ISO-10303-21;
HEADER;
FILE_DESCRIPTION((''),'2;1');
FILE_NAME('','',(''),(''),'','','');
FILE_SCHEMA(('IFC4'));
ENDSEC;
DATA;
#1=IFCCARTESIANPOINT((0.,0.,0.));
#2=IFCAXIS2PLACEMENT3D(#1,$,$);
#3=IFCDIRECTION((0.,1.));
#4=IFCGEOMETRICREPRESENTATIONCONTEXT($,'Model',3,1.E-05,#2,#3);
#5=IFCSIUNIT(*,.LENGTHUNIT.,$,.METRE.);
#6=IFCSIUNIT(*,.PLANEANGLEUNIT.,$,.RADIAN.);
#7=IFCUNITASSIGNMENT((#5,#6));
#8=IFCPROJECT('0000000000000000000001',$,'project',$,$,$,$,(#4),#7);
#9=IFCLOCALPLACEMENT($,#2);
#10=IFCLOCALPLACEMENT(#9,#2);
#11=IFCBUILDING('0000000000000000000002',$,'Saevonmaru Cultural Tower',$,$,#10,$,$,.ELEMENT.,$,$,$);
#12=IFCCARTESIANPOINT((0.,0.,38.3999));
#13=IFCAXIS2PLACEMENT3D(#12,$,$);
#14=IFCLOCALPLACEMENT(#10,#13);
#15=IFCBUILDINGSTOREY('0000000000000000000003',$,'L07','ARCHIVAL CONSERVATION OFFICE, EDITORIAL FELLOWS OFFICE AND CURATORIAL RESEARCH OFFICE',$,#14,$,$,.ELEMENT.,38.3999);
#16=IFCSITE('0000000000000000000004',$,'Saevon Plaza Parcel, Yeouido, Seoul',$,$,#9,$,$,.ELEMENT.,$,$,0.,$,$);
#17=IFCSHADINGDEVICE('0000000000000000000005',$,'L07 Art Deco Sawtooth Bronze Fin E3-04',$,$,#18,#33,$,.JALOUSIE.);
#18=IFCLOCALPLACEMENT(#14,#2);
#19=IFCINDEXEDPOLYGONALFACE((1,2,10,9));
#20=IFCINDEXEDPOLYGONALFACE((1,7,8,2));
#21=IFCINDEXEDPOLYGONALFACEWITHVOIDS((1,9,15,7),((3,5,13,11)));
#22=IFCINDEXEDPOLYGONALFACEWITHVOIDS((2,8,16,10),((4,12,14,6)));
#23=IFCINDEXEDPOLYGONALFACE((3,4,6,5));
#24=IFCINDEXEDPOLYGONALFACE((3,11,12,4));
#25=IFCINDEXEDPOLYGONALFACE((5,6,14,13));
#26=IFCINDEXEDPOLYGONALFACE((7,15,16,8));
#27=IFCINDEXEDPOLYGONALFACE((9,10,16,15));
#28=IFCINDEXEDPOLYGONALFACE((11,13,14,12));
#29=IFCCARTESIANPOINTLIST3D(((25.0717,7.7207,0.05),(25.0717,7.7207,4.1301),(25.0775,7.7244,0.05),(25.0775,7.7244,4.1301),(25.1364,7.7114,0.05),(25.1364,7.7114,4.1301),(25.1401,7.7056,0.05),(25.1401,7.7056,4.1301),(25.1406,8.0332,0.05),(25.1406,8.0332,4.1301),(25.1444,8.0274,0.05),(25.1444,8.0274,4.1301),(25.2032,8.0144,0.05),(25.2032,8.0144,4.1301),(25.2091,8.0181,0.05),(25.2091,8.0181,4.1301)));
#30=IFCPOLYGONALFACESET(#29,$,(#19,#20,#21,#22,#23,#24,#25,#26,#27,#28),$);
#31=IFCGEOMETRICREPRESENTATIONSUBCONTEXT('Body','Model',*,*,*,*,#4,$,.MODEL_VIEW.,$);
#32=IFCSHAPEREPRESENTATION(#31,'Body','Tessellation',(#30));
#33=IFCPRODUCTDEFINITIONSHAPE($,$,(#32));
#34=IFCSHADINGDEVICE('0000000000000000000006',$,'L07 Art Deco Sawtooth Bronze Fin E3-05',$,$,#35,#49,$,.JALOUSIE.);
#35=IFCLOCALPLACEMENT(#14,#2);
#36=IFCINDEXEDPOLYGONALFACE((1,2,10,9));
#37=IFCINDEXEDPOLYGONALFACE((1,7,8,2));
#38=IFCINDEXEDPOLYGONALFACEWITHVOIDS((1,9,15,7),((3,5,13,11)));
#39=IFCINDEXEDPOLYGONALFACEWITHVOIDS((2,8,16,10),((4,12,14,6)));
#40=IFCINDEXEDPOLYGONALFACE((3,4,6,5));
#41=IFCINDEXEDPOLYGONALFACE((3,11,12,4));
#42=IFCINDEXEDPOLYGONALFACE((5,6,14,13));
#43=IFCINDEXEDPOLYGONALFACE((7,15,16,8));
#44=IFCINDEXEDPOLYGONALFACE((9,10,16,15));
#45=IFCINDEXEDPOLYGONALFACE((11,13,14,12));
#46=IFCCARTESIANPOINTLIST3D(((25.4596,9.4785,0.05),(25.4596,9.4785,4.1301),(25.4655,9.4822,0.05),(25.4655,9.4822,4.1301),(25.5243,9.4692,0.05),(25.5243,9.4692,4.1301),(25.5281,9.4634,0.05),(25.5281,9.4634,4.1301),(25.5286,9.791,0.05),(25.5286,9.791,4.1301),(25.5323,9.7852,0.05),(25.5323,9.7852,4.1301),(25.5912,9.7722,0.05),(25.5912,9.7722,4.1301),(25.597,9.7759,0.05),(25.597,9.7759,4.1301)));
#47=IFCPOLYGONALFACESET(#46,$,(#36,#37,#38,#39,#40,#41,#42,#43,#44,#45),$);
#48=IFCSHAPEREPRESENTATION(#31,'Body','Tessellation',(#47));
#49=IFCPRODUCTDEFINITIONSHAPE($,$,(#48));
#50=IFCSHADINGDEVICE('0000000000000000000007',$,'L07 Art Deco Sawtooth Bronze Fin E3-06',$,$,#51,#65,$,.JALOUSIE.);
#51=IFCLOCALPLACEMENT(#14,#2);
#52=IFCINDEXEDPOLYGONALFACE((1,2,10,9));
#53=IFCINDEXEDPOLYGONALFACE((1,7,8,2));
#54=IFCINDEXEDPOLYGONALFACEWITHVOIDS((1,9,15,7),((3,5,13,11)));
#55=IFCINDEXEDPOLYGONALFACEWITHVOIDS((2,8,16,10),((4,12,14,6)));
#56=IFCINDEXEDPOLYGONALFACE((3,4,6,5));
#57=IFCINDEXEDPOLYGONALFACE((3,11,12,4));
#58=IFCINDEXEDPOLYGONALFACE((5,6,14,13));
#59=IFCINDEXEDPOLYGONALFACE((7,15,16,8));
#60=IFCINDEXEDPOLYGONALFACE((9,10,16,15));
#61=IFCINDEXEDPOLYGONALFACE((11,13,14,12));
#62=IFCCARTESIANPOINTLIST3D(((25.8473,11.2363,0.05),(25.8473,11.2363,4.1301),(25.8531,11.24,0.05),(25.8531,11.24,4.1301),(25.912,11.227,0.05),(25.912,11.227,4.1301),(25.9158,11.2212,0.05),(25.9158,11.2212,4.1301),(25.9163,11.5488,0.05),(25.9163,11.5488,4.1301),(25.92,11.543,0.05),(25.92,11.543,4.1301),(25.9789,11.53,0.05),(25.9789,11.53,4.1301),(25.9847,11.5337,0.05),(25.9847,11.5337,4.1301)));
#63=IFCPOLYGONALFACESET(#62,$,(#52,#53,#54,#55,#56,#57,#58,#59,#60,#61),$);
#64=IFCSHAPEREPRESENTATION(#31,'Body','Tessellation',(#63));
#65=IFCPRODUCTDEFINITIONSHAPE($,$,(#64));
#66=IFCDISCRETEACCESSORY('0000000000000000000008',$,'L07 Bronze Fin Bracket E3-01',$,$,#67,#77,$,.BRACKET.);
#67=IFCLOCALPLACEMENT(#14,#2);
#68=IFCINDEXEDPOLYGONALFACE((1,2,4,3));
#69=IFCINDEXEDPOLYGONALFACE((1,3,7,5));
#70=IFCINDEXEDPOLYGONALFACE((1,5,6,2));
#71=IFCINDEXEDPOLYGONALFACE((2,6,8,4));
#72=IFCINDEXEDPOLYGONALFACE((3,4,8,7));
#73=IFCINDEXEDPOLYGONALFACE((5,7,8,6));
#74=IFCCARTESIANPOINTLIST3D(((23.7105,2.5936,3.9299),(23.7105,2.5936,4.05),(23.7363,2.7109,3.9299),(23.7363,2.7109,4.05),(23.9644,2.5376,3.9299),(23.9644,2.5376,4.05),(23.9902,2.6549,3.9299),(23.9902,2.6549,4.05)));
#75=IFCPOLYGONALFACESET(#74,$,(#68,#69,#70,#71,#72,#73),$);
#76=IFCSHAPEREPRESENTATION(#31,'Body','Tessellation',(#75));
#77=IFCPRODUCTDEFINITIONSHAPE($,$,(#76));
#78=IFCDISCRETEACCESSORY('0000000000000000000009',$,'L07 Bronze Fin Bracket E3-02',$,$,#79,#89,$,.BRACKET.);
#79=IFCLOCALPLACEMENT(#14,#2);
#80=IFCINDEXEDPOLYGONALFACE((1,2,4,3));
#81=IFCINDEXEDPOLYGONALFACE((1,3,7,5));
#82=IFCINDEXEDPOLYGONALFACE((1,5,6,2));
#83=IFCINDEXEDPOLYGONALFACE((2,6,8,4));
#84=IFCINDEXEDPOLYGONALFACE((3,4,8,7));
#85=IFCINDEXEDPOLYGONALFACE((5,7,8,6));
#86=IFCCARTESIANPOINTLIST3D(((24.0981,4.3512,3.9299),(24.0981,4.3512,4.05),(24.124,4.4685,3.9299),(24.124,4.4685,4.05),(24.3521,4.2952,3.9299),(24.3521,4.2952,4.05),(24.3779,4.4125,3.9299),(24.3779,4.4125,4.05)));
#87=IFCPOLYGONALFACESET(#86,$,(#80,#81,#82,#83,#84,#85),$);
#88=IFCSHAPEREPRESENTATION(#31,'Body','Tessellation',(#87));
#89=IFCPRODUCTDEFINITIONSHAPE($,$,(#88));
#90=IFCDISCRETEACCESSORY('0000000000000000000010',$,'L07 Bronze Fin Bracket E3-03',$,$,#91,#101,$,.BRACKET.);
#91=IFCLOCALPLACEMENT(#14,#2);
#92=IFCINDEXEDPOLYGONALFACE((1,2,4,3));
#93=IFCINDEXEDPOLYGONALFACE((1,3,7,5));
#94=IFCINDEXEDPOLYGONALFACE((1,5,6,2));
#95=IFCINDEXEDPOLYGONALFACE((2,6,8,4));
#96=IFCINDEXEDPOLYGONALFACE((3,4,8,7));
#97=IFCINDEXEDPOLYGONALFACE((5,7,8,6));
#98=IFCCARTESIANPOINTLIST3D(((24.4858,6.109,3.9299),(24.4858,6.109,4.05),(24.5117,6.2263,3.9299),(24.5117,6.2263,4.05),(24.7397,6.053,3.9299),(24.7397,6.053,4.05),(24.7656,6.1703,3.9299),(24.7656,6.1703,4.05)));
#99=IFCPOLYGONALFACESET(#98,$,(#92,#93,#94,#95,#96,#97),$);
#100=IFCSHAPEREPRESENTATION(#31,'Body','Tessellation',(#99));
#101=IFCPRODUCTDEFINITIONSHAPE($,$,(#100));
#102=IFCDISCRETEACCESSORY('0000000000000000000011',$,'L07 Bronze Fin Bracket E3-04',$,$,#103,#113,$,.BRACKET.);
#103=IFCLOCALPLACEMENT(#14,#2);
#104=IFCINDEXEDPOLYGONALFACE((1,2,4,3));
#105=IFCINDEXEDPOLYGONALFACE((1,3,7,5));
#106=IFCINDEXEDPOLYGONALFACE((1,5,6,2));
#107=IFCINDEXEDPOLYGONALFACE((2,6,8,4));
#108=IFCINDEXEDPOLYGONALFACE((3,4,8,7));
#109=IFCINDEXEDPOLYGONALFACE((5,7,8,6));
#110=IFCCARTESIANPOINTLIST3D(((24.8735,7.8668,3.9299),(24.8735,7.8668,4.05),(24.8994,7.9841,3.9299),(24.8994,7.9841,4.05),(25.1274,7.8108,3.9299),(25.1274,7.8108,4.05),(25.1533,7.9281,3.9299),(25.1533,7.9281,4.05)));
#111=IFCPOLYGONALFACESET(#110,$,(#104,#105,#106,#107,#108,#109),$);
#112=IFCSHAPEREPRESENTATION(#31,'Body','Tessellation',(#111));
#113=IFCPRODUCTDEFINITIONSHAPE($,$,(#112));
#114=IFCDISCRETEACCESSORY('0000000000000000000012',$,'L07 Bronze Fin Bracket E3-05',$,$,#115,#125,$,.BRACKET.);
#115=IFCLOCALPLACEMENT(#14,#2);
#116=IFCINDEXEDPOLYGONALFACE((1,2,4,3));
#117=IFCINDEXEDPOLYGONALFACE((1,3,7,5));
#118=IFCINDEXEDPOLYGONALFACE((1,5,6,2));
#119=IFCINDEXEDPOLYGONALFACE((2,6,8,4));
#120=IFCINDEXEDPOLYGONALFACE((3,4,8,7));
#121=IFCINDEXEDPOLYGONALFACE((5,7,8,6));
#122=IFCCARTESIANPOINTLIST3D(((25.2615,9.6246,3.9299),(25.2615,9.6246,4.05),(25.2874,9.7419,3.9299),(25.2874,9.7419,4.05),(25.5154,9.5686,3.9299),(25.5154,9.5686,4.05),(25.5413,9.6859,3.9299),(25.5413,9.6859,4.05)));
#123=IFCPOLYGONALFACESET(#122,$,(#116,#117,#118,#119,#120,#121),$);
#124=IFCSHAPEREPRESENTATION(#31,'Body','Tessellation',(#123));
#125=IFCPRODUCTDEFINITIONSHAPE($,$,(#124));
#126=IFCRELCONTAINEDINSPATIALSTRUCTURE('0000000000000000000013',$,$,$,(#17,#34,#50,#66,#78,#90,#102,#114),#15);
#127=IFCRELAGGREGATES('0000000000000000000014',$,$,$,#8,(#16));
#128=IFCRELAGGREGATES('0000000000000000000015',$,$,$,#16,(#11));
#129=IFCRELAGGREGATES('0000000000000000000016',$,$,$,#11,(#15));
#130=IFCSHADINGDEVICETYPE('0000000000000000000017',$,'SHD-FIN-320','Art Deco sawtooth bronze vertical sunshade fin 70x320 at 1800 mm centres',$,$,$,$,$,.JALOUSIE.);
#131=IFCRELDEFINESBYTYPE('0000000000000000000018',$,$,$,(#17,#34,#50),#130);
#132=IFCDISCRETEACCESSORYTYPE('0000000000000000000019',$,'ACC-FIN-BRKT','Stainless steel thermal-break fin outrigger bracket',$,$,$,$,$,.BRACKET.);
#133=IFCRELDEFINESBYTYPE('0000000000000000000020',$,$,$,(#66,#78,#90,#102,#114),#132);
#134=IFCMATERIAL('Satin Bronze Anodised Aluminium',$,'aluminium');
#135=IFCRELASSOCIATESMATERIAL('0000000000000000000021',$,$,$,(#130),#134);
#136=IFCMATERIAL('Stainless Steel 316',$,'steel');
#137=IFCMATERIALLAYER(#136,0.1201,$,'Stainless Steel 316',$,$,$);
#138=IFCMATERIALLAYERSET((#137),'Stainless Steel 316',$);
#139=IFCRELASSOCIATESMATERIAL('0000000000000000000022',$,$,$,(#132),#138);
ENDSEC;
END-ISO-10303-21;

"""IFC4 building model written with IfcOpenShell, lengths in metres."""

from ifc_helpers import new_model, si_unit, direction, frame, origin, origin_2d, place, context, subcontext, project, spatial, rectangle, hollow_rectangle, extrude, material, layer, layer_set, material_profile, profile_set, type_object, element, save


model = new_model("IFC4")

# Units and contexts
model_context = context("Model", 3, precision=1e-05, world=origin(), true_north=direction((0.0, 1.0)))
body_context = subcontext(model_context, "Body", "Model", "MODEL_VIEW")
ifc_project = project(units=[si_unit("LENGTHUNIT", "METRE"), si_unit("PLANEANGLEUNIT", "RADIAN")], contexts=[model_context])

# Site, building, storey
site_placement = place(None, origin())
site = spatial("IfcSite", under=ifc_project, at=site_placement, Name="Saevon Plaza Parcel, Yeouido, Seoul", CompositionType="ELEMENT", RefElevation=0.0)
building_placement = place(site_placement, origin())
building = spatial("IfcBuilding", under=site, at=building_placement, Name="Saevonmaru Cultural Tower", CompositionType="ELEMENT")
storey_placement = place(building_placement, frame((0.0, 0.0, 38.3999)))
storey = spatial("IfcBuildingStorey", under=building, at=storey_placement, Name="L07", Description="ARCHIVAL CONSERVATION OFFICE, EDITORIAL FELLOWS OFFICE AND CURATORIAL RESEARCH OFFICE", CompositionType="ELEMENT", Elevation=38.3999)

# Shared definitions
ifc_material_1 = material(Name="Satin Bronze Anodised Aluminium", Category="aluminium")

# Shading devices
ifc_material_profile_1 = material_profile(ifc_material_1, hollow_rectangle(XDim=0.0701, YDim=0.3201, WallThickness=0.0049, at=origin_2d()), Name="FIN-320x70")
ifc_profile_set_1 = profile_set([ifc_material_profile_1], Name="Satin Bronze Anodised Aluminium")
shading_device_type = type_object("IfcShadingDeviceType", Name="SHD-FIN-320", Description="Art Deco sawtooth bronze vertical sunshade fin 70x320 at 1800 mm centres", PredefinedType="JALOUSIE", material=ifc_profile_set_1)
for number, where, z_axis, x_axis, name in (
    (1, (25.1404, 7.8694, 0.05), (0.0, 0.0, 1.0), (0.976522, -0.215417, 0.0), "L07 Art Deco Sawtooth Bronze Fin E3-04"),
    (2, (25.5283, 9.6272, 0.05), (0.0, 0.0, 1.0), (0.976522, -0.215417, 0.0), "L07 Art Deco Sawtooth Bronze Fin E3-05"),
    (3, (25.916, 11.385, 0.05), (0.0, 0.0, 1.0), (0.976522, -0.215417, 0.0), "L07 Art Deco Sawtooth Bronze Fin E3-06"),
):
    element("IfcShadingDevice", number, at=place(storey_placement, frame(where, z_axis=z_axis, x_axis=x_axis)), inside=storey, type_object=shading_device_type, Name=name, PredefinedType="JALOUSIE", context=body_context, shape_type="SweptSolid", body=[
        extrude(hollow_rectangle(XDim=0.0701, YDim=0.3201, WallThickness=0.0049, at=origin_2d()), origin(), (0.0, 0.0, 1.0), 4.0801),
    ])

# Discrete accessories
ifc_material_2 = material(Name="Stainless Steel 316", Category="steel")
ifc_layer_1 = layer(ifc_material_2, 0.1201, Name="Stainless Steel 316")
ifc_layer_set_1 = layer_set([ifc_layer_1], Name="Stainless Steel 316")
discrete_accessory_type = type_object("IfcDiscreteAccessoryType", Name="ACC-FIN-BRKT", Description="Stainless steel thermal-break fin outrigger bracket", PredefinedType="BRACKET", material=ifc_layer_set_1)
for number, where, z_axis, x_axis, name in (
    (4, (23.8503, 2.6243, 3.9299), (0.0, 0.0, 1.0), (0.976522, -0.215417, 0.0), "L07 Bronze Fin Bracket E3-01"),
    (5, (24.238, 4.3818, 3.9299), (0.0, 0.0, 1.0), (0.976522, -0.215417, 0.0), "L07 Bronze Fin Bracket E3-02"),
    (6, (24.6257, 6.1396, 3.9299), (0.0, 0.0, 1.0), (0.976522, -0.215417, 0.0), "L07 Bronze Fin Bracket E3-03"),
    (7, (25.0134, 7.8975, 3.9299), (0.0, 0.0, 1.0), (0.976522, -0.215417, 0.0), "L07 Bronze Fin Bracket E3-04"),
    (8, (25.4014, 9.6553, 3.9299), (0.0, 0.0, 1.0), (0.976522, -0.215417, 0.0), "L07 Bronze Fin Bracket E3-05"),
):
    element("IfcDiscreteAccessory", number, at=place(storey_placement, frame(where, z_axis=z_axis, x_axis=x_axis)), inside=storey, type_object=discrete_accessory_type, Name=name, PredefinedType="BRACKET", context=body_context, shape_type="SweptSolid", body=[
        extrude(rectangle(XDim=0.26, YDim=0.1201, at=origin_2d()), origin(), (0.0, 0.0, 1.0), 0.1201),
    ])

save(model, "model.ifc")
